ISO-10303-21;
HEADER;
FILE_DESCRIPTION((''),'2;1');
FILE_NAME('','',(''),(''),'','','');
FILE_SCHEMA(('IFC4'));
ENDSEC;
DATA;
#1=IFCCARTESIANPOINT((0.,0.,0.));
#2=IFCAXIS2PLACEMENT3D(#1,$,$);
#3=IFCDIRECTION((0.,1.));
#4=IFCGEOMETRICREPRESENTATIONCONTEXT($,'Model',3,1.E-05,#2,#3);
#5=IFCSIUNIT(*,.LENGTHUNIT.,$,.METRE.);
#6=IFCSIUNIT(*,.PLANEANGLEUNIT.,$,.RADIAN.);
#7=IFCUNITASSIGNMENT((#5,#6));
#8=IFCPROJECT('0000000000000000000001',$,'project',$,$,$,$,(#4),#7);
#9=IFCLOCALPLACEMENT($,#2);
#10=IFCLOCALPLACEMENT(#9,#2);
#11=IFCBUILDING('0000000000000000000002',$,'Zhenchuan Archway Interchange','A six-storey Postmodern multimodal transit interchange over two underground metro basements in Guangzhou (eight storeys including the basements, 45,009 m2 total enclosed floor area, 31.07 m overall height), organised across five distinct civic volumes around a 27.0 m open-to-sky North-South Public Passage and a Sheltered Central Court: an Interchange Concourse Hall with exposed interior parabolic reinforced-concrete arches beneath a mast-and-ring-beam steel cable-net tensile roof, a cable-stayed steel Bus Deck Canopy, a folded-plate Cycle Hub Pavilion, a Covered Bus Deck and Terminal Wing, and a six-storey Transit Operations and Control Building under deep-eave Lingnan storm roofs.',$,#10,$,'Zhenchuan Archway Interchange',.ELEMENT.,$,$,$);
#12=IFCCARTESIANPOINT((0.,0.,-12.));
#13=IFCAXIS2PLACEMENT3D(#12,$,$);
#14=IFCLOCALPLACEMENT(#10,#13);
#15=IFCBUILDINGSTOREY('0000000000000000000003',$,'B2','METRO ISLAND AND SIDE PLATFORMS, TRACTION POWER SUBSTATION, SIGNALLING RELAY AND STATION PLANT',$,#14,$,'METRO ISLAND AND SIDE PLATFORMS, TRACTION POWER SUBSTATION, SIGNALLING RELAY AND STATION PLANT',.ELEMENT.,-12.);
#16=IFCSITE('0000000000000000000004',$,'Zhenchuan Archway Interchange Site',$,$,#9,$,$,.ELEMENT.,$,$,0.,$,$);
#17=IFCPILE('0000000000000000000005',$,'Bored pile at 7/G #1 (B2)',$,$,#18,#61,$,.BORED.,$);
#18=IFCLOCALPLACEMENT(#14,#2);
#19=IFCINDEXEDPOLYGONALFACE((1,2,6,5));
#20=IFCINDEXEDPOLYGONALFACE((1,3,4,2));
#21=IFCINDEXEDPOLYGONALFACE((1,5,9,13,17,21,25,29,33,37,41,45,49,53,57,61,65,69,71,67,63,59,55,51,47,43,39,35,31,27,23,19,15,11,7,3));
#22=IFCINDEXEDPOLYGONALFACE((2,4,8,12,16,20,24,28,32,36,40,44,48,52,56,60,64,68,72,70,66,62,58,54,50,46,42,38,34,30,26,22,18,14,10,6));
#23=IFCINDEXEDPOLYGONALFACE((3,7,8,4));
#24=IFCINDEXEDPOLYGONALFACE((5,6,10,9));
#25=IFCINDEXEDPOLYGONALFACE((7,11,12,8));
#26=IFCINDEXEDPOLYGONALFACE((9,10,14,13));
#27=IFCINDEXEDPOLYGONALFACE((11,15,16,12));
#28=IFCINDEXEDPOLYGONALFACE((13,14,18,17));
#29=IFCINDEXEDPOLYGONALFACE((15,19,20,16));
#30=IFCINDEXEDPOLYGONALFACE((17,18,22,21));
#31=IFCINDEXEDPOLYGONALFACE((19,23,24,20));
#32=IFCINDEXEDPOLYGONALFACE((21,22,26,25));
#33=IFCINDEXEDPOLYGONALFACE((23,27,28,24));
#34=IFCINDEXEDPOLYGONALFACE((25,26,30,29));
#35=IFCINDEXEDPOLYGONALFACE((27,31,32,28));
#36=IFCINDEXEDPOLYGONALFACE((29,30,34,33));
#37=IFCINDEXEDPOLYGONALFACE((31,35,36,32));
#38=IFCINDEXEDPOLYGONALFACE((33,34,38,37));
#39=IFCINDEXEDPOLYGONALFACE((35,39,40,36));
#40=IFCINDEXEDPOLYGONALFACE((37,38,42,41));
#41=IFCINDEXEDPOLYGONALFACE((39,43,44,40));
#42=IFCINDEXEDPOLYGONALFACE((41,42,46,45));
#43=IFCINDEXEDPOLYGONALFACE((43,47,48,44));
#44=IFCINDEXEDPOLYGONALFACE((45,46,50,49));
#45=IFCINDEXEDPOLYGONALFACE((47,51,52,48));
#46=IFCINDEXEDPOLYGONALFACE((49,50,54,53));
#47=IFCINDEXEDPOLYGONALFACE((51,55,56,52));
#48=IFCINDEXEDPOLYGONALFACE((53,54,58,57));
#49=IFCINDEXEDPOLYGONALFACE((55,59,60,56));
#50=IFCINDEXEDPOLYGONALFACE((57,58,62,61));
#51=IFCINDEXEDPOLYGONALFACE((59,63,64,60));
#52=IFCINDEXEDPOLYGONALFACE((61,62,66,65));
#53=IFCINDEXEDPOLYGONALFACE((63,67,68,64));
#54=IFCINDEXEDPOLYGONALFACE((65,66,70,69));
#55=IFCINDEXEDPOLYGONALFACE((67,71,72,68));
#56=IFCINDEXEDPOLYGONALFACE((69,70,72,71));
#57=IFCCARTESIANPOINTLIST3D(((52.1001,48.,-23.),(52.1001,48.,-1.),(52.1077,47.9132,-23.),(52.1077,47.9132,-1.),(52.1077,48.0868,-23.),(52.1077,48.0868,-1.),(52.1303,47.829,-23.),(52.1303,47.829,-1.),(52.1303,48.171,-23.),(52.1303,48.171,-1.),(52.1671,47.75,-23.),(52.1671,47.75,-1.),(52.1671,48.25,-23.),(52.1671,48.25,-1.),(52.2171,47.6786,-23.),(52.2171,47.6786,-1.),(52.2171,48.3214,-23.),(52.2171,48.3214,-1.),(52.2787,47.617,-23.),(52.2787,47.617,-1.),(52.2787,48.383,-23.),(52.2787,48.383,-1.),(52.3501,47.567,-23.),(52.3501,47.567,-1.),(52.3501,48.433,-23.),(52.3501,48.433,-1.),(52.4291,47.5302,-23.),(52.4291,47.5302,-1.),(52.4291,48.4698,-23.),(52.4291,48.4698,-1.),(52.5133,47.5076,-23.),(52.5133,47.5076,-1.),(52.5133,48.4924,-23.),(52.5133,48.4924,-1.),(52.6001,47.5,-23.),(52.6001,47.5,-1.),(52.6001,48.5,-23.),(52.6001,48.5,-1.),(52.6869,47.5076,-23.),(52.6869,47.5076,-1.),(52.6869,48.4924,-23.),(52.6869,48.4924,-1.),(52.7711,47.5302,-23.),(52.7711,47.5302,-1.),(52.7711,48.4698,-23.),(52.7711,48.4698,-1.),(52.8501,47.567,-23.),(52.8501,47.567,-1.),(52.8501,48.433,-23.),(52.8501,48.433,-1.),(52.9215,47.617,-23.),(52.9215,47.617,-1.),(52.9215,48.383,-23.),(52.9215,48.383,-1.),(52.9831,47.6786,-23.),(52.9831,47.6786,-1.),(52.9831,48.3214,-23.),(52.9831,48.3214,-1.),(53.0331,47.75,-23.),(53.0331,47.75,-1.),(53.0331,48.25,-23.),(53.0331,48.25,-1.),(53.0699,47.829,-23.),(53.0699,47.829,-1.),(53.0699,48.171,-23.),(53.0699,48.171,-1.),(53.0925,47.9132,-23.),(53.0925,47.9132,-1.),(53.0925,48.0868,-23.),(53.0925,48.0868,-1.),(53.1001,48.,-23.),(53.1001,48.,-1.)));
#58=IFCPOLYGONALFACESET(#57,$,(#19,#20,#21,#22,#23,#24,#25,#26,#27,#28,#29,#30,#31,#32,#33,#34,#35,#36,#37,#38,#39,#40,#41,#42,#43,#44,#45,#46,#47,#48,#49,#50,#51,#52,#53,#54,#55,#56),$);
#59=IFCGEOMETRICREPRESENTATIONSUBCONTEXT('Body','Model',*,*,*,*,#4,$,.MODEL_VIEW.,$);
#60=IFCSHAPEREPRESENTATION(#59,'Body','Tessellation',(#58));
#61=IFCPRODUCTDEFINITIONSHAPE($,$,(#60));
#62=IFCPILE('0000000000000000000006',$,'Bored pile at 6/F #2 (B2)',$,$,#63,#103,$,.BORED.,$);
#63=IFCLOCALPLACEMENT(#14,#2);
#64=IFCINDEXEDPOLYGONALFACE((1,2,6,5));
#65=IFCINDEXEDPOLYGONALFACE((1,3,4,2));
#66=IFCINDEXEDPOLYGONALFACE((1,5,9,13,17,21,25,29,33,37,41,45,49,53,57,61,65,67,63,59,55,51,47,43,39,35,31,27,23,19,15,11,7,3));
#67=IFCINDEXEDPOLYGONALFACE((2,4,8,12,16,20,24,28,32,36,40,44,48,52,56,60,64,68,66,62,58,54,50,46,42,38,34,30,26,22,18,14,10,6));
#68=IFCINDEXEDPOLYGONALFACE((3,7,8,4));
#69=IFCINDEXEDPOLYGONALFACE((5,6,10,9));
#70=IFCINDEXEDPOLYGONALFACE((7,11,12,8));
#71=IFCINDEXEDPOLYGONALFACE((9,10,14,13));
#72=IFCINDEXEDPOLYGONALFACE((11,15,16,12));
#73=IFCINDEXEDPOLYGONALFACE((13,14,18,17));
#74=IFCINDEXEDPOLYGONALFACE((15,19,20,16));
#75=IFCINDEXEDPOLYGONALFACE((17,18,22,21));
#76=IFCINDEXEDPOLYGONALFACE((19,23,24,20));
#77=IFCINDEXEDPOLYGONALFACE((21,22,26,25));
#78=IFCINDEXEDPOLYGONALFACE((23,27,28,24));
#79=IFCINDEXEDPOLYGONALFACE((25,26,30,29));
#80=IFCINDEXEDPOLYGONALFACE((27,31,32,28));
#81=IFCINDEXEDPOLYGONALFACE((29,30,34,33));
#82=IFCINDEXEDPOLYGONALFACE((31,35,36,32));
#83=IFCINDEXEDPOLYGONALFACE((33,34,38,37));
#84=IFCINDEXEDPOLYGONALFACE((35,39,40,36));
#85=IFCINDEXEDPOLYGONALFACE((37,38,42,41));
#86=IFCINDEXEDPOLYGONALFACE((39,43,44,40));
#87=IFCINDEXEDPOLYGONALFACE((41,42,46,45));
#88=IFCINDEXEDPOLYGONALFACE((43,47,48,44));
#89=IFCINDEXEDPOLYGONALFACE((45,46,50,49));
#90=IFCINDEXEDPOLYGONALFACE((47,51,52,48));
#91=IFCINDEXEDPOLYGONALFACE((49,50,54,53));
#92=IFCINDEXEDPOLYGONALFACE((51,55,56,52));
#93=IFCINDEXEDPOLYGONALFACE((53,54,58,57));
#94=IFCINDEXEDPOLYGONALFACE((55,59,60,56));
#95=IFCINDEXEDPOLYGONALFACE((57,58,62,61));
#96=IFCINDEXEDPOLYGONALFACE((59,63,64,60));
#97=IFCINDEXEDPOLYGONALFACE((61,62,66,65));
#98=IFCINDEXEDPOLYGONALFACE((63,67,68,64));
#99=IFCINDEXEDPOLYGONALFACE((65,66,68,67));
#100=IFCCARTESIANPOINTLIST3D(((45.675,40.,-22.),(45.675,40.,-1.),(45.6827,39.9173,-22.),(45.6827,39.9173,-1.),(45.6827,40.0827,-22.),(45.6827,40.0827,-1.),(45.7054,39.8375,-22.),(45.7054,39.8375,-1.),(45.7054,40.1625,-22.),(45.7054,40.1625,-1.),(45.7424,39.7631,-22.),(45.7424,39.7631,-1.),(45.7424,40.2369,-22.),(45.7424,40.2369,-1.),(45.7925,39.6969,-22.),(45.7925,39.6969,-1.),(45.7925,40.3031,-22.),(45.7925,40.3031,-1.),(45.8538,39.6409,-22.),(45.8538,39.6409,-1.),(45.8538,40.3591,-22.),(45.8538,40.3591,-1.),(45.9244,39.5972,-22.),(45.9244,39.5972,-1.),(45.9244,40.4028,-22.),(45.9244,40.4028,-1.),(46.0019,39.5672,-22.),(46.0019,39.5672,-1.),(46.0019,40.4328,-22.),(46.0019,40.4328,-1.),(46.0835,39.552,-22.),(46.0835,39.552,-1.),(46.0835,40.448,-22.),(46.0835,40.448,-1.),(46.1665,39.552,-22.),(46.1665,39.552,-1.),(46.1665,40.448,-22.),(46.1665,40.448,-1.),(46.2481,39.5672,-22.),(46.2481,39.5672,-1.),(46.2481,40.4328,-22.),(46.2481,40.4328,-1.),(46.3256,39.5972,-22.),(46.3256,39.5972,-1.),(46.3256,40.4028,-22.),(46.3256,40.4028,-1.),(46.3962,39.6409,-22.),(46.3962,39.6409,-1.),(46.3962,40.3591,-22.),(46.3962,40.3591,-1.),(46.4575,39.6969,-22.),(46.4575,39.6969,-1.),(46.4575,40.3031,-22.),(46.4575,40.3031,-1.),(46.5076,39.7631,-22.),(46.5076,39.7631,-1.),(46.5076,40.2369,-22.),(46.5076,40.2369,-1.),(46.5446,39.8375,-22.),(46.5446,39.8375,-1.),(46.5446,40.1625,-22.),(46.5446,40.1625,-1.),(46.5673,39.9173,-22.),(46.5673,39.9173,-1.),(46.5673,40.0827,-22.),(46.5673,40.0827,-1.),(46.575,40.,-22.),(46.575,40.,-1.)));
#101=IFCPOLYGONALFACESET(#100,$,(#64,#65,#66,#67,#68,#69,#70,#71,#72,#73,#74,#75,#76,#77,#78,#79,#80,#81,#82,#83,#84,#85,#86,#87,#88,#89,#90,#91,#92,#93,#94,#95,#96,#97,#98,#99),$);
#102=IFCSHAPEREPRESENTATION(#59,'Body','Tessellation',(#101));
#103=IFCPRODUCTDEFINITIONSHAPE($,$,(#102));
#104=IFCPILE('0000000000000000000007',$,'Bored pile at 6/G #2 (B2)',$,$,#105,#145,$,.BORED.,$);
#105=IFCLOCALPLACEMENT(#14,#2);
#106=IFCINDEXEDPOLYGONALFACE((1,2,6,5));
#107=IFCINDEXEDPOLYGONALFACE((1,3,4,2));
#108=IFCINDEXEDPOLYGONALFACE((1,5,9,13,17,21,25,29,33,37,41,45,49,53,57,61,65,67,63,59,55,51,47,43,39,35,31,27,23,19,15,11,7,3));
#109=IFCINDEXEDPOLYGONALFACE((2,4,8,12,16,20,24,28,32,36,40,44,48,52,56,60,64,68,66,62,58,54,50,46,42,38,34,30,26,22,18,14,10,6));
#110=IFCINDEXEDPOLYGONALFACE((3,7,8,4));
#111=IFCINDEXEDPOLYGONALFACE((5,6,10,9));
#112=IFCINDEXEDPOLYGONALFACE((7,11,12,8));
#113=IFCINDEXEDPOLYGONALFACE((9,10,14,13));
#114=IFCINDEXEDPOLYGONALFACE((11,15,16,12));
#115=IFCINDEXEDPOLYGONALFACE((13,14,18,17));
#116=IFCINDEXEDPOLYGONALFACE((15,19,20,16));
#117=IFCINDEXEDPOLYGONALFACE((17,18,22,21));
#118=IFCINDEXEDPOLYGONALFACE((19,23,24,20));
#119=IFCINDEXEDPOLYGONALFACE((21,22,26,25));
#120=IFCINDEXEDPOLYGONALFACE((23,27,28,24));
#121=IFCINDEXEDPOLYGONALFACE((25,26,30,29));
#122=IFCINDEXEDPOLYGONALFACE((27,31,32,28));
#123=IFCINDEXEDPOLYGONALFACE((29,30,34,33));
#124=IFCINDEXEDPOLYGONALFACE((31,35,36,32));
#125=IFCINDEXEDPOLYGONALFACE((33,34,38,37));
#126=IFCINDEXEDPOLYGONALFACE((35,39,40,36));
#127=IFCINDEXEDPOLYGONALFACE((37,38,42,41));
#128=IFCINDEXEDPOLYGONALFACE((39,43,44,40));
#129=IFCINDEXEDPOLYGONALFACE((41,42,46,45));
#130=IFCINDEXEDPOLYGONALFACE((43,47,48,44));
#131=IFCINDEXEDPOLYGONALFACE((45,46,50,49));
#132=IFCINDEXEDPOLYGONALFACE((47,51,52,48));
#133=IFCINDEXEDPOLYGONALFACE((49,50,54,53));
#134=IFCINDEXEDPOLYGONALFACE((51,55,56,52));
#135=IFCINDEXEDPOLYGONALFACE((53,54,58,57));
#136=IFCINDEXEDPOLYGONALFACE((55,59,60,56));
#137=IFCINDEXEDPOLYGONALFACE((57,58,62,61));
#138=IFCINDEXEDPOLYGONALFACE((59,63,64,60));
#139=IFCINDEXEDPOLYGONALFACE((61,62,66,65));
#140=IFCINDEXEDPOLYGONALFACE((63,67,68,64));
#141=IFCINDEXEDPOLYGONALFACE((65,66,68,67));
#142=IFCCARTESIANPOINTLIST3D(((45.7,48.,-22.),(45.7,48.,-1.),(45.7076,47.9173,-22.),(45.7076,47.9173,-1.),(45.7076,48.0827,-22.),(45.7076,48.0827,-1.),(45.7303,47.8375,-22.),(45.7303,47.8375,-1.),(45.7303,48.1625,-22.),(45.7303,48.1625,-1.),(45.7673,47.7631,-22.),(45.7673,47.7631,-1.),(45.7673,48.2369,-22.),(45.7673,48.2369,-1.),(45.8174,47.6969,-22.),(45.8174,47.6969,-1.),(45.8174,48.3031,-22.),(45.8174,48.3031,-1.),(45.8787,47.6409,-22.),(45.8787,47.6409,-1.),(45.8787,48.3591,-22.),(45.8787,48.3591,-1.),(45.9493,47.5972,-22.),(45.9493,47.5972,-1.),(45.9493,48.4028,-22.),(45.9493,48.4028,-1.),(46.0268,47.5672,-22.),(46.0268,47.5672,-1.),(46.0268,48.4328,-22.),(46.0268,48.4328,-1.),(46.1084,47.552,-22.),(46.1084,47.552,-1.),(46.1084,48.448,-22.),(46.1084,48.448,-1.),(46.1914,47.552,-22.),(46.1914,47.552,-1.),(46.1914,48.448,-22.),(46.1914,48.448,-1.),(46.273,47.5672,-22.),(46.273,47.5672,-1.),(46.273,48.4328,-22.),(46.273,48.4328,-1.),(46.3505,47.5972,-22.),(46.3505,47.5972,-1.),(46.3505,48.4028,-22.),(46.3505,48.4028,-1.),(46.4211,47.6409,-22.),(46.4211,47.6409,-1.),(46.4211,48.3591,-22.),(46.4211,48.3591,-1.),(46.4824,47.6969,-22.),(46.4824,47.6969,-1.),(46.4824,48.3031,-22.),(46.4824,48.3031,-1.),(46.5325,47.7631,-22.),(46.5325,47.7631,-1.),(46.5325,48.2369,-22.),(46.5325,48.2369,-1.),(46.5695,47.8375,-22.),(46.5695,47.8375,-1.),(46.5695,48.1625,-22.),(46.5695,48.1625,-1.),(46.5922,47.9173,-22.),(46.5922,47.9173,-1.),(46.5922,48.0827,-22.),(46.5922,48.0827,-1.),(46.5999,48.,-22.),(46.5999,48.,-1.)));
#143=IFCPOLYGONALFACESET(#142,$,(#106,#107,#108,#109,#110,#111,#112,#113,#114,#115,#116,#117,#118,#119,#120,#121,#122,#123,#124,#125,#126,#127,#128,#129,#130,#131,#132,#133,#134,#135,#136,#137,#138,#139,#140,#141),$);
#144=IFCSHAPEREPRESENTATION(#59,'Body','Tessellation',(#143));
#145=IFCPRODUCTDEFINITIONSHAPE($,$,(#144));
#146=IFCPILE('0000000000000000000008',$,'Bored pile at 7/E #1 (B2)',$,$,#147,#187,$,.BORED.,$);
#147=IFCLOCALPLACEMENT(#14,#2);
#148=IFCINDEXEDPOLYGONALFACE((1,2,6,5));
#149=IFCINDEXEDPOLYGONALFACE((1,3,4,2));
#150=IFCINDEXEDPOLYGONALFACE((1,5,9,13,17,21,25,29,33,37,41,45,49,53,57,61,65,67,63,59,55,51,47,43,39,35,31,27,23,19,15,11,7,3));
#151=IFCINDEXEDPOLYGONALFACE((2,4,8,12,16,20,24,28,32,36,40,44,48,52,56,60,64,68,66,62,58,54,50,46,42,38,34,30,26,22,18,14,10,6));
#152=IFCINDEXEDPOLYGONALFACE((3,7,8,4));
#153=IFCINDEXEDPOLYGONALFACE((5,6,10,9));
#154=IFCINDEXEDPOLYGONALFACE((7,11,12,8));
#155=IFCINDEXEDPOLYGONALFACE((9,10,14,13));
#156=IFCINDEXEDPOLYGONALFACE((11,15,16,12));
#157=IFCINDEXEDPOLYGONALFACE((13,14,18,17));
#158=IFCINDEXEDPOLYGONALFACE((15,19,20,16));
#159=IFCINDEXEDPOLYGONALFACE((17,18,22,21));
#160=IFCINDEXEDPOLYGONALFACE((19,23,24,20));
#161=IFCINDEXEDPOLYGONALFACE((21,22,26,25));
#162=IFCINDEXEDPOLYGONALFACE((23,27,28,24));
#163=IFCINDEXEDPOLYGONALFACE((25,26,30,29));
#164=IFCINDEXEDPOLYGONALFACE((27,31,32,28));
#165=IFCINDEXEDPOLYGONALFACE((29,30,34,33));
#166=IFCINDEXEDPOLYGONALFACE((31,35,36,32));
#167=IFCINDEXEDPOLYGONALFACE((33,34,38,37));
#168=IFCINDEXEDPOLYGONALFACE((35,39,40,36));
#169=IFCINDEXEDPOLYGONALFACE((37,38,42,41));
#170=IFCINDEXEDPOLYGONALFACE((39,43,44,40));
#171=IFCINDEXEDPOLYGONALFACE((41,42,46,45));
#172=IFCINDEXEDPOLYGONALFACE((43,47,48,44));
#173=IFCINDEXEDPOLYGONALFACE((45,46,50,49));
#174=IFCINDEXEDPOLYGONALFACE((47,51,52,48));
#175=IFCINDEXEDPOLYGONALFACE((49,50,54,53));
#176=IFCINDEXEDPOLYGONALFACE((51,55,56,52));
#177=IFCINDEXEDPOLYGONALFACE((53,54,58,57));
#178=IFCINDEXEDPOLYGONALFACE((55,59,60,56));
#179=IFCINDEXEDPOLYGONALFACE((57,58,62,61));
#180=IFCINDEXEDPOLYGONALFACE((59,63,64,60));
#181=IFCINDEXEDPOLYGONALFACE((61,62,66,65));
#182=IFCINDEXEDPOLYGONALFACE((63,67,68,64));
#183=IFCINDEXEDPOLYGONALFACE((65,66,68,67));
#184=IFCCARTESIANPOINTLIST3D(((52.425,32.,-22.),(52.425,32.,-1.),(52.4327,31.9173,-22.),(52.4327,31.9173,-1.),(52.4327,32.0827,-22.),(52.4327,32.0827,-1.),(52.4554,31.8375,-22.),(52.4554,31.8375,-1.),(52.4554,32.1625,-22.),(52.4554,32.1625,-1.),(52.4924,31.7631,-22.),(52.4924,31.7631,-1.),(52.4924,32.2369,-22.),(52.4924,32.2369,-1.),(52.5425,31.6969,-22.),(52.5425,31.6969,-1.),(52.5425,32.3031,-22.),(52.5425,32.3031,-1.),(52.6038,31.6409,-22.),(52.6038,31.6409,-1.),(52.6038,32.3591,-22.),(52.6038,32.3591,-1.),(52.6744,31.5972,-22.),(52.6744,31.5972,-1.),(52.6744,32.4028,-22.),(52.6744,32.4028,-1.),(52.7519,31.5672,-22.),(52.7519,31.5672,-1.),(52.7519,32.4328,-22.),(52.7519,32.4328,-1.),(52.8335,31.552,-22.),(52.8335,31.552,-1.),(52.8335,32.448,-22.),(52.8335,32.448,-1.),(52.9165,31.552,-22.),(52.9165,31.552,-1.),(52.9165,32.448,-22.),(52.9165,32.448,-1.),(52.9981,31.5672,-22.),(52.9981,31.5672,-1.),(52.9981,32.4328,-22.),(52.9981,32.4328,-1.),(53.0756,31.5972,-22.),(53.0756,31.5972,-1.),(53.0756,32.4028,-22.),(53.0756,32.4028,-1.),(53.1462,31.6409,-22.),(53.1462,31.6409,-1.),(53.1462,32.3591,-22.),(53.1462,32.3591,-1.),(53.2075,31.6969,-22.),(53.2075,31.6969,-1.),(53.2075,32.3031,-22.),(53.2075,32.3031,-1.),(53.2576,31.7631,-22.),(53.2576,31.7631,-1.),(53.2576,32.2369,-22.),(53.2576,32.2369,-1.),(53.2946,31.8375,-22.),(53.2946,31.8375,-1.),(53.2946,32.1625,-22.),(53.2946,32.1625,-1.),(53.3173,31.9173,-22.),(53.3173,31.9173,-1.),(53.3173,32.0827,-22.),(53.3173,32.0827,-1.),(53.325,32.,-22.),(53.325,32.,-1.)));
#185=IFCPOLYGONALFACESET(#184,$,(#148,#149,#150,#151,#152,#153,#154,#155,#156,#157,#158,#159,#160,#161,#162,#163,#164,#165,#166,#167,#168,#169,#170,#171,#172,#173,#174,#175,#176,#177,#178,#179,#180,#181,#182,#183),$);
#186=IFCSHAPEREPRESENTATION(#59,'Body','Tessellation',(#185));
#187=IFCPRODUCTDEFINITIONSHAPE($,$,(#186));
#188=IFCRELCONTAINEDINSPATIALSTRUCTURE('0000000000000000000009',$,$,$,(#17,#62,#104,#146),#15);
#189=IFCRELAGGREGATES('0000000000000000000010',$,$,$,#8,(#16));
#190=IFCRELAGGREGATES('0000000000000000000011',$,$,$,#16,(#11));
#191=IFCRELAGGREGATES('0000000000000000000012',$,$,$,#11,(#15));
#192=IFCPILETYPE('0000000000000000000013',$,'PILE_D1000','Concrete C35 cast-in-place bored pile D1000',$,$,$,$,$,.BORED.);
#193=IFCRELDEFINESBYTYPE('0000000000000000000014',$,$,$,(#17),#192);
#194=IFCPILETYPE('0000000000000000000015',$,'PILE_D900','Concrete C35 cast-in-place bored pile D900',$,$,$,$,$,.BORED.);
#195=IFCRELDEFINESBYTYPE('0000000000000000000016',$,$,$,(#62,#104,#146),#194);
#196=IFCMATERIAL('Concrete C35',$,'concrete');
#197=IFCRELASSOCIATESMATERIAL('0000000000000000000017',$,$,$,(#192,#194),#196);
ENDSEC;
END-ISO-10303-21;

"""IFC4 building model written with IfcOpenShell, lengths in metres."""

from ifc_helpers import new_model, si_unit, direction, frame, origin, origin_2d, place, context, subcontext, project, spatial, circle, extrude, material, material_profile, profile_set, type_object, element, save


model = new_model("IFC4")

# Units and contexts
model_context = context("Model", 3, precision=1e-05, world=origin(), true_north=direction((0.0, 1.0)))
body_context = subcontext(model_context, "Body", "Model", "MODEL_VIEW")
ifc_project = project(units=[si_unit("LENGTHUNIT", "METRE"), si_unit("PLANEANGLEUNIT", "RADIAN")], contexts=[model_context])

# Site, building, storey
site_placement = place(None, origin())
site = spatial("IfcSite", under=ifc_project, at=site_placement, Name="Zhenchuan Archway Interchange Site", CompositionType="ELEMENT", RefElevation=0.0)
building_placement = place(site_placement, origin())
building = spatial("IfcBuilding", under=site, at=building_placement, Name="Zhenchuan Archway Interchange", Description="A six-storey Postmodern multimodal transit interchange over two underground metro basements in Guangzhou (eight storeys including the basements, 45,009 m2 total enclosed floor area, 31.07 m overall height), organised across five distinct civic volumes around a 27.0 m open-to-sky North-South Public Passage and a Sheltered Central Court: an Interchange Concourse Hall with exposed interior parabolic reinforced-concrete arches beneath a mast-and-ring-beam steel cable-net tensile roof, a cable-stayed steel Bus Deck Canopy, a folded-plate Cycle Hub Pavilion, a Covered Bus Deck and Terminal Wing, and a six-storey Transit Operations and Control Building under deep-eave Lingnan storm roofs.", LongName="Zhenchuan Archway Interchange", CompositionType="ELEMENT")
storey_placement = place(building_placement, frame((0.0, 0.0, -12.0)))
storey = spatial("IfcBuildingStorey", under=building, at=storey_placement, Name="B2", Description="METRO ISLAND AND SIDE PLATFORMS, TRACTION POWER SUBSTATION, SIGNALLING RELAY AND STATION PLANT", LongName="METRO ISLAND AND SIDE PLATFORMS, TRACTION POWER SUBSTATION, SIGNALLING RELAY AND STATION PLANT", CompositionType="ELEMENT", Elevation=-12.0)

# Piles
ifc_material_1 = material(Name="Concrete C35", Category="concrete")
ifc_material_profile_1 = material_profile(ifc_material_1, circle(Radius=0.5, at=origin_2d()), Name="BORED PILE 1000")
ifc_profile_set_1 = profile_set([ifc_material_profile_1], Name="Concrete C35")
pile_type_1 = type_object("IfcPileType", Name="PILE_D1000", Description="Concrete C35 cast-in-place bored pile D1000", PredefinedType="BORED", material=ifc_profile_set_1)
pile_placement = place(storey_placement, frame((52.6001, 48.0, -1.0), z_axis=(0.0, 0.0, -1.0), x_axis=(1.0, 0.0, 0.0)))
element("IfcPile", 1, at=pile_placement, inside=storey, type_object=pile_type_1, Name="Bored pile at 7/G #1 (B2)", PredefinedType="BORED", context=body_context, shape_type="SweptSolid", body=[
    extrude(circle(Radius=0.5, at=origin_2d()), origin(), (0.0, 0.0, 1.0), 22.0),
])
ifc_material_profile_2 = material_profile(ifc_material_1, circle(Radius=0.45, at=origin_2d()), Name="BORED PILE 900")
ifc_profile_set_2 = profile_set([ifc_material_profile_2], Name="Concrete C35")
pile_type_2 = type_object("IfcPileType", Name="PILE_D900", Description="Concrete C35 cast-in-place bored pile D900", PredefinedType="BORED", material=ifc_profile_set_2)
for number, where, z_axis, x_axis, name in (
    (2, (46.125, 40.0, -1.0), (0.0, 0.0, -1.0), (1.0, 0.0, 0.0), "Bored pile at 6/F #2 (B2)"),
    (3, (46.1499, 48.0, -1.0), (0.0, 0.0, -1.0), (1.0, 0.0, 0.0), "Bored pile at 6/G #2 (B2)"),
    (4, (52.875, 32.0, -1.0), (0.0, 0.0, -1.0), (1.0, 0.0, 0.0), "Bored pile at 7/E #1 (B2)"),
):
    element("IfcPile", number, at=place(storey_placement, frame(where, z_axis=z_axis, x_axis=x_axis)), inside=storey, type_object=pile_type_2, Name=name, PredefinedType="BORED", context=body_context, shape_type="SweptSolid", body=[
        extrude(circle(Radius=0.45, at=origin_2d()), origin(), (0.0, 0.0, 1.0), 21.0),
    ])

save(model, "model.ifc")
